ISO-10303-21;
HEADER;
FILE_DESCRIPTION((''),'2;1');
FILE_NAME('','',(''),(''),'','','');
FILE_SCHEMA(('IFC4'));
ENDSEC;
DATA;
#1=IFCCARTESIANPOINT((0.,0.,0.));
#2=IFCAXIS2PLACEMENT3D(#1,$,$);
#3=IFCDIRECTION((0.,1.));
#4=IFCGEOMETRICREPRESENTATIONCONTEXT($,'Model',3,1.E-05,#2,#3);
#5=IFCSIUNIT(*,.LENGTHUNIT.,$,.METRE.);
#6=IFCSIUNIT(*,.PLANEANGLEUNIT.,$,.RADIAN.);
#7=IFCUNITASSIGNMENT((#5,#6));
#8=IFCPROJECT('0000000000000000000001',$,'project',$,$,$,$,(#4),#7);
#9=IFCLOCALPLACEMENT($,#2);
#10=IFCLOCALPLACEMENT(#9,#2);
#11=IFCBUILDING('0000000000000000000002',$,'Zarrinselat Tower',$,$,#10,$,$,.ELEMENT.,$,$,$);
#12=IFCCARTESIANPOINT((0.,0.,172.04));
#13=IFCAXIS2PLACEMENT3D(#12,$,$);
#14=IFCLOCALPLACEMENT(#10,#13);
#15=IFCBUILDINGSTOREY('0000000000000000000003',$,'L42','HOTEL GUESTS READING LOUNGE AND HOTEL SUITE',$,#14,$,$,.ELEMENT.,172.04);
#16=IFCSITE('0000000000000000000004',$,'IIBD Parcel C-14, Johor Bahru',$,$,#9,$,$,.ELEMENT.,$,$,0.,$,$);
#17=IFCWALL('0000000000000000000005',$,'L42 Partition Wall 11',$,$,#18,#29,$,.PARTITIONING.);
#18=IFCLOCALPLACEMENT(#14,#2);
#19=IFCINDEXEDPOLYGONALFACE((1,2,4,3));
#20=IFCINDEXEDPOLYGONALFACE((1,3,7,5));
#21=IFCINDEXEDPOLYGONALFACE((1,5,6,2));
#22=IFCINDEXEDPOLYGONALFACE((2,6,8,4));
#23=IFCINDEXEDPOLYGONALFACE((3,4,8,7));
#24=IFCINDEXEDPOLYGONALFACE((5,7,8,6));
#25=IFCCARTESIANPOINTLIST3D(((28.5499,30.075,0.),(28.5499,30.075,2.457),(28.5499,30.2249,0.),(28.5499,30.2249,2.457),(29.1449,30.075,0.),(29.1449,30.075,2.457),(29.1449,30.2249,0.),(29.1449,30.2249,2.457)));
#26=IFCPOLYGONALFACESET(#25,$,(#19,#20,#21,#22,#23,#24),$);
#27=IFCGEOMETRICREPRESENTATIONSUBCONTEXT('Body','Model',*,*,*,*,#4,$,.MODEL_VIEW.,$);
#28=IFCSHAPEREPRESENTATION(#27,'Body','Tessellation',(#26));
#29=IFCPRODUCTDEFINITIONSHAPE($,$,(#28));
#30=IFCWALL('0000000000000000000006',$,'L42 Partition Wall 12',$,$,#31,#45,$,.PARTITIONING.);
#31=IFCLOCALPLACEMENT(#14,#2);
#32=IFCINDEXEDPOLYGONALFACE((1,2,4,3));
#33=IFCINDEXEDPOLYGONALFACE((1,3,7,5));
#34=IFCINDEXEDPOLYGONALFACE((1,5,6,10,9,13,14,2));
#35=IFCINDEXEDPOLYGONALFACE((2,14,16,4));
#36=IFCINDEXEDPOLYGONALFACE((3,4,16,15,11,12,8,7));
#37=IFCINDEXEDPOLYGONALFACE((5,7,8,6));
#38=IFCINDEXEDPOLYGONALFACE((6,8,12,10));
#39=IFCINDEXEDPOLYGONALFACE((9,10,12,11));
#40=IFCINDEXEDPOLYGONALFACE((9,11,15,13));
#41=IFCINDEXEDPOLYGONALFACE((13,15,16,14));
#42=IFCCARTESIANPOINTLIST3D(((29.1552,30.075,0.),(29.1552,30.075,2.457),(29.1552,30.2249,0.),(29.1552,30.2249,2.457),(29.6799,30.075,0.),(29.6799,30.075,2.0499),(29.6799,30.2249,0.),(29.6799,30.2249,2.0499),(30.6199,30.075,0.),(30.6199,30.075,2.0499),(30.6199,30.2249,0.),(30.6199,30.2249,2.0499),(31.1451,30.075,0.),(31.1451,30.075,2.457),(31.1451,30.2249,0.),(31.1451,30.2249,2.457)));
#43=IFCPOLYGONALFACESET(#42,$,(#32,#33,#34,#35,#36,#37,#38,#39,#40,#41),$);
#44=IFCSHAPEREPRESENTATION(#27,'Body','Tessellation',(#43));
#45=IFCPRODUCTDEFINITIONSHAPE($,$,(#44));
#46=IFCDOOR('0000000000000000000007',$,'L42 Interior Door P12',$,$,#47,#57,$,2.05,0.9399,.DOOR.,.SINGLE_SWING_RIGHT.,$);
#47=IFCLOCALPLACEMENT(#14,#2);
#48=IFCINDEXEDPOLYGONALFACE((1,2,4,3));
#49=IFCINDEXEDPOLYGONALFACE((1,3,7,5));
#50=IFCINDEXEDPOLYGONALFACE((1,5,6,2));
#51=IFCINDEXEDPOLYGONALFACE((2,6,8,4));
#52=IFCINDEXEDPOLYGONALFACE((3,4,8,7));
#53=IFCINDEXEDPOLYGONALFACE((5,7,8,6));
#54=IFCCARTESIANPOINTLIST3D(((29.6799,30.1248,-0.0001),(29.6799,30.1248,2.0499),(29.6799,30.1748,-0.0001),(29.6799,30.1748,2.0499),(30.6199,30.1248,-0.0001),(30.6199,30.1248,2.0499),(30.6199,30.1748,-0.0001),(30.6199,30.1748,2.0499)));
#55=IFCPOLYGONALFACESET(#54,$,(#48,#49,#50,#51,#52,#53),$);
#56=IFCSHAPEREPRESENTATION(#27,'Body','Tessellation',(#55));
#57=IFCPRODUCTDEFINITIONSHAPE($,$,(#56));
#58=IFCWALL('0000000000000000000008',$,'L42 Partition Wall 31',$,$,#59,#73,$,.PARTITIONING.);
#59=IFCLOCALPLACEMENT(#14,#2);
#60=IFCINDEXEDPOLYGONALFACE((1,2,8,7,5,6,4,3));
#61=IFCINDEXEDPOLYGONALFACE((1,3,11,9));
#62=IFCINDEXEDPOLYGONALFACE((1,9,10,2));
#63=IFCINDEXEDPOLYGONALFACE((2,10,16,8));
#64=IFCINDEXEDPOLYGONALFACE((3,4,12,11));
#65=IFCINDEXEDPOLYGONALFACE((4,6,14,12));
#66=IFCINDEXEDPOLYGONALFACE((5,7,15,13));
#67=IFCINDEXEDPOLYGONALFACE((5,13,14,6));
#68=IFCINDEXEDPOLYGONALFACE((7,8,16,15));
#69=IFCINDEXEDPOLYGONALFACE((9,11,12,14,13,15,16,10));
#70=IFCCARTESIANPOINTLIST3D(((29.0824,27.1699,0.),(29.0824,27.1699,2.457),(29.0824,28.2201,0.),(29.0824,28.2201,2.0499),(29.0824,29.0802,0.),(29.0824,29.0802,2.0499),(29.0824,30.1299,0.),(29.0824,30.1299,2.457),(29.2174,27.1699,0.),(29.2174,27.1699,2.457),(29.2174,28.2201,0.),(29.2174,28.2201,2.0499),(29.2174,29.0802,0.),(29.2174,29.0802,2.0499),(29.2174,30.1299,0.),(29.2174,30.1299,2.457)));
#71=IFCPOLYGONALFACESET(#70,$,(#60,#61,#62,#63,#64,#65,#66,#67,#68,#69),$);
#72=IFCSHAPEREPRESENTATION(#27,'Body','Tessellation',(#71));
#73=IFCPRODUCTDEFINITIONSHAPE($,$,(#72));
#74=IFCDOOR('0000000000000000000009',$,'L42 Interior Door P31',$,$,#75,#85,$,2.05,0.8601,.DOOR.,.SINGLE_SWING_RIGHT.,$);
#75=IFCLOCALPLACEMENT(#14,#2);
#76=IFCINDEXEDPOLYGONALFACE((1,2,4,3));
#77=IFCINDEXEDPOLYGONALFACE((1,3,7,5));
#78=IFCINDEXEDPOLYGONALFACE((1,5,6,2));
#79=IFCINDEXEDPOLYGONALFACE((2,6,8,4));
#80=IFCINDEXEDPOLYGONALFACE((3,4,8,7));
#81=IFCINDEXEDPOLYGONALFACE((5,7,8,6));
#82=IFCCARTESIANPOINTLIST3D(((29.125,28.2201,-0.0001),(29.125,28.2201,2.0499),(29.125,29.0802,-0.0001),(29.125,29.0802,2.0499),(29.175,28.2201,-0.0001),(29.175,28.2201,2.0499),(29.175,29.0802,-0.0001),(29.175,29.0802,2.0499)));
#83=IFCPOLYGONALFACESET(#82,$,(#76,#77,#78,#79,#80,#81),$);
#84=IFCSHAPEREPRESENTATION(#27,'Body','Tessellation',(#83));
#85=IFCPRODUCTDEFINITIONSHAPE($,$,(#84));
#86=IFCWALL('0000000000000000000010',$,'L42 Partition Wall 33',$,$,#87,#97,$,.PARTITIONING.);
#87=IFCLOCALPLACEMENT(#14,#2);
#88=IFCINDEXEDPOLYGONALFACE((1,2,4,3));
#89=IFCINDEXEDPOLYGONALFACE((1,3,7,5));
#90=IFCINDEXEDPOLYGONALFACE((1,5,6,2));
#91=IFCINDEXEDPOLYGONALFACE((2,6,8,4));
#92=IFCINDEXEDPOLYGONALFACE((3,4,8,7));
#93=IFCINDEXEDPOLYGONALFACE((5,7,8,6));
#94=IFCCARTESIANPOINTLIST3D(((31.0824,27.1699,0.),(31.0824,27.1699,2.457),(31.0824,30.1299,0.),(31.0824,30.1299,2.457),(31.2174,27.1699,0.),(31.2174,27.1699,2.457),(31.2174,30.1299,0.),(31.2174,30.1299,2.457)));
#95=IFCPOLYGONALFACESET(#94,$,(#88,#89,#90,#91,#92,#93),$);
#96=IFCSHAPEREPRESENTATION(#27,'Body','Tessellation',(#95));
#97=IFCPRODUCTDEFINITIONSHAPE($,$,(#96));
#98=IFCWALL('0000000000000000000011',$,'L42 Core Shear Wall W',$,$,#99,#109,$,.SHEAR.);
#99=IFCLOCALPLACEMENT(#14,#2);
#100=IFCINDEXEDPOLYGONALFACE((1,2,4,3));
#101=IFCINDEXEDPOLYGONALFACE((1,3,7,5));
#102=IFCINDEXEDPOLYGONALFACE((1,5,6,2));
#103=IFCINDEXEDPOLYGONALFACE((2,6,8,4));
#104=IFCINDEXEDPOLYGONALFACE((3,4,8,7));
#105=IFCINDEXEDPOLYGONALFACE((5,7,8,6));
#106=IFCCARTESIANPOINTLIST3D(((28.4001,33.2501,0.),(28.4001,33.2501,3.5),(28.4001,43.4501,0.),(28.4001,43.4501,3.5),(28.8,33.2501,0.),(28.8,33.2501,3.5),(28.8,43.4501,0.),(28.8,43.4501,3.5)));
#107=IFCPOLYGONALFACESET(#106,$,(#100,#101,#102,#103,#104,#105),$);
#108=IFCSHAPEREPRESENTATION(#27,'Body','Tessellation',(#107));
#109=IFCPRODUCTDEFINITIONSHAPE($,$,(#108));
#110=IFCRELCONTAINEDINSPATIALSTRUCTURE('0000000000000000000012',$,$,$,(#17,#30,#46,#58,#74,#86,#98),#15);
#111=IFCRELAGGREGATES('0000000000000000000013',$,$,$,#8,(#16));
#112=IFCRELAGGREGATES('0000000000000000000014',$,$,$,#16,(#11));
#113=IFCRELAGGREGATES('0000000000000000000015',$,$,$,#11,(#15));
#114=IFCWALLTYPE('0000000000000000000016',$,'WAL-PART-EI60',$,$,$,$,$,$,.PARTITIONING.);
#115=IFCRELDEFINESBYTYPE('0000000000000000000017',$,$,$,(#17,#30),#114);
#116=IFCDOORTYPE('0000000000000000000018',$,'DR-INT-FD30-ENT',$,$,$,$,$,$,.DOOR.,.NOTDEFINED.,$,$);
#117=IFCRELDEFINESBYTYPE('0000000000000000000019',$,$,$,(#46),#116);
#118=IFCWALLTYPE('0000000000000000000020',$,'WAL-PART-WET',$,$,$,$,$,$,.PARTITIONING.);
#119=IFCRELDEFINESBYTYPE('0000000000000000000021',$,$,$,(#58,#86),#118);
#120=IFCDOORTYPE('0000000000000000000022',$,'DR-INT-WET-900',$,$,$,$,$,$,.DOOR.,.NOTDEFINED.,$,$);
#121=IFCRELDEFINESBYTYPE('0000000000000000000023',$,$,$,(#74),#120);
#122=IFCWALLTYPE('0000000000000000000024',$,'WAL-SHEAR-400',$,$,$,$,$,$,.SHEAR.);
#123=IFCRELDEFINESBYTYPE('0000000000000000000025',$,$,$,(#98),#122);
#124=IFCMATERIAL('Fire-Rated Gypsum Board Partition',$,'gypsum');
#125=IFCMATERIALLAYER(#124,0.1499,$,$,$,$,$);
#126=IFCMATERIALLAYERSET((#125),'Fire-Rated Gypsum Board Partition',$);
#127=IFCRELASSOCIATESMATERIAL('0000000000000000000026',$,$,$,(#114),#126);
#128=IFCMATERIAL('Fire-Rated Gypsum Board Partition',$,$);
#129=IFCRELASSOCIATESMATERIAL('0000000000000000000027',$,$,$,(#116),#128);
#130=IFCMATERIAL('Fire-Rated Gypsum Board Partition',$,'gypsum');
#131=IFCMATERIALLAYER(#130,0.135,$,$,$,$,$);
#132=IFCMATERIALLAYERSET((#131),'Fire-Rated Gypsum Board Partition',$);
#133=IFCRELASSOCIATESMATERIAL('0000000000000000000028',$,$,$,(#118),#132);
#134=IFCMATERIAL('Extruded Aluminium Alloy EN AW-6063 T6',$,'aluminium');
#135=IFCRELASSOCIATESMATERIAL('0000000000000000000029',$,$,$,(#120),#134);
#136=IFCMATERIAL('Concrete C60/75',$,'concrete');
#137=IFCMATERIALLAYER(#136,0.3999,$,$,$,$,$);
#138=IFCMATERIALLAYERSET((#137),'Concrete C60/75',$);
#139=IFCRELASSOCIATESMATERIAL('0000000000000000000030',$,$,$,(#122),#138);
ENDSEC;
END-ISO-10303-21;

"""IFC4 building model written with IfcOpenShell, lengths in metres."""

from ifc_helpers import new_model, si_unit, direction, frame, frame_2d, origin, place, context, subcontext, project, spatial, rectangle, extrude, material, layer, layer_set, type_object, element, fill, save


model = new_model("IFC4")

# Units and contexts
model_context = context("Model", 3, precision=1e-05, world=origin(), true_north=direction((0.0, 1.0)))
body_context = subcontext(model_context, "Body", "Model", "MODEL_VIEW")
ifc_project = project(units=[si_unit("LENGTHUNIT", "METRE"), si_unit("PLANEANGLEUNIT", "RADIAN")], contexts=[model_context])

# Site, building, storey
site_placement = place(None, origin())
site = spatial("IfcSite", under=ifc_project, at=site_placement, Name="IIBD Parcel C-14, Johor Bahru", CompositionType="ELEMENT", RefElevation=0.0)
building_placement = place(site_placement, origin())
building = spatial("IfcBuilding", under=site, at=building_placement, Name="Zarrinselat Tower", CompositionType="ELEMENT")
storey_placement = place(building_placement, frame((0.0, 0.0, 172.04)))
storey = spatial("IfcBuildingStorey", under=building, at=storey_placement, Name="L42", Description="HOTEL GUESTS READING LOUNGE AND HOTEL SUITE", CompositionType="ELEMENT", Elevation=172.04)

# Wall
ifc_material_1 = material(Name="Fire-Rated Gypsum Board Partition", Category="gypsum")
ifc_layer_1 = layer(ifc_material_1, 0.1499)
ifc_layer_set_1 = layer_set([ifc_layer_1], Name="Fire-Rated Gypsum Board Partition")
wall_type_1 = type_object("IfcWallType", Name="WAL-PART-EI60", PredefinedType="PARTITIONING", material=ifc_layer_set_1)
wall_1_placement = place(storey_placement, frame((28.55, 30.1499, 0.0), z_axis=(0.0, 0.0, 1.0), x_axis=(1.0, 0.0, 0.0)))
element("IfcWall", 1, at=wall_1_placement, inside=storey, type_object=wall_type_1, Name="L42 Partition Wall 11", PredefinedType="PARTITIONING", context=body_context, shape_type="SweptSolid", body=[
    extrude(rectangle(XDim=0.595, YDim=0.1499, at=frame_2d((0.2974, 0.0))), origin(), (0.0, 0.0, 1.0), 2.457),
])

# Walls, openings, doors
wall_2_placement = place(storey_placement, frame((29.155, 30.1499, 0.0), z_axis=(0.0, 0.0, 1.0), x_axis=(1.0, 0.0, 0.0)))
wall_2 = element("IfcWall", 2, at=wall_2_placement, inside=storey, type_object=wall_type_1, Name="L42 Partition Wall 12", PredefinedType="PARTITIONING", context=body_context, shape_type="SweptSolid", body=[
    extrude(rectangle(XDim=1.99, YDim=0.1499, at=frame_2d((0.9951, 0.0))), origin(), (0.0, 0.0, 1.0), 2.457),
])
opening_1_placement = place(wall_2_placement, frame((0.5249, 0.0, 0.0)))
opening_1 = element("IfcOpeningElement", 3, at=opening_1_placement, cuts=wall_2, PredefinedType="OPENING", context=body_context, shape_type="SweptSolid", body=[
    extrude(rectangle(XDim=0.9399, YDim=2.05, at=frame_2d((0.47, 1.0249))), frame((0.0, 0.085, 0.0), z_axis=(0.0, -1.0, 0.0), x_axis=(1.0, 0.0, 0.0)), (0.0, 0.0, 1.0), 0.1699),
])
ifc_material_2 = material(Name="Fire-Rated Gypsum Board Partition")
door_type_1 = type_object("IfcDoorType", Name="DR-INT-FD30-ENT", OperationType="NOTDEFINED", PredefinedType="DOOR", material=ifc_material_2)
door_1_placement = place(opening_1_placement, origin())
door_1 = element("IfcDoor", 4, at=door_1_placement, inside=storey, type_object=door_type_1, Name="L42 Interior Door P12", OperationType="SINGLE_SWING_RIGHT", OverallHeight=2.05, OverallWidth=0.9399, PredefinedType="DOOR", context=body_context, shape_type="SweptSolid", body=[
    extrude(rectangle(XDim=0.9399, YDim=2.05, at=frame_2d((0.47, 1.0249))), frame((0.0, 0.0249, 0.0), z_axis=(0.0, -1.0, 0.0), x_axis=(1.0, 0.0, 0.0)), (0.0, 0.0, 1.0), 0.05),
])
fill(opening_1, door_1)
ifc_material_3 = material(Name="Fire-Rated Gypsum Board Partition", Category="gypsum")
ifc_layer_2 = layer(ifc_material_3, 0.135)
ifc_layer_set_2 = layer_set([ifc_layer_2], Name="Fire-Rated Gypsum Board Partition")
wall_type_2 = type_object("IfcWallType", Name="WAL-PART-WET", PredefinedType="PARTITIONING", material=ifc_layer_set_2)
wall_3_placement = place(storey_placement, frame((29.1499, 27.1699, 0.0), z_axis=(0.0, 0.0, 1.0), x_axis=(0.0, 1.0, 0.0)))
wall_3 = element("IfcWall", 5, at=wall_3_placement, inside=storey, type_object=wall_type_2, Name="L42 Partition Wall 31", PredefinedType="PARTITIONING", context=body_context, shape_type="SweptSolid", body=[
    extrude(rectangle(XDim=2.96, YDim=0.135, at=frame_2d((1.48, 0.0))), origin(), (0.0, 0.0, 1.0), 2.457),
])
opening_2_placement = place(wall_3_placement, frame((1.05, 0.0, 0.0)))
opening_2 = element("IfcOpeningElement", 6, at=opening_2_placement, cuts=wall_3, PredefinedType="OPENING", context=body_context, shape_type="SweptSolid", body=[
    extrude(rectangle(XDim=0.8601, YDim=2.05, at=frame_2d((0.4302, 1.0249))), frame((0.0, 0.0774, 0.0), z_axis=(0.0, -1.0, 0.0), x_axis=(1.0, 0.0, 0.0)), (0.0, 0.0, 1.0), 0.155),
])
ifc_material_4 = material(Name="Extruded Aluminium Alloy EN AW-6063 T6", Category="aluminium")
door_type_2 = type_object("IfcDoorType", Name="DR-INT-WET-900", OperationType="NOTDEFINED", PredefinedType="DOOR", material=ifc_material_4)
door_2_placement = place(opening_2_placement, origin())
door_2 = element("IfcDoor", 7, at=door_2_placement, inside=storey, type_object=door_type_2, Name="L42 Interior Door P31", OperationType="SINGLE_SWING_RIGHT", OverallHeight=2.05, OverallWidth=0.8601, PredefinedType="DOOR", context=body_context, shape_type="SweptSolid", body=[
    extrude(rectangle(XDim=0.8601, YDim=2.05, at=frame_2d((0.4302, 1.0249))), frame((0.0, 0.0249, 0.0), z_axis=(0.0, -1.0, 0.0), x_axis=(1.0, 0.0, 0.0)), (0.0, 0.0, 1.0), 0.05),
])
fill(opening_2, door_2)

# Wall
wall_4_placement = place(storey_placement, frame((31.1499, 27.1699, 0.0), z_axis=(0.0, 0.0, 1.0), x_axis=(0.0, 1.0, 0.0)))
element("IfcWall", 8, at=wall_4_placement, inside=storey, type_object=wall_type_2, Name="L42 Partition Wall 33", PredefinedType="PARTITIONING", context=body_context, shape_type="SweptSolid", body=[
    extrude(rectangle(XDim=2.96, YDim=0.135, at=frame_2d((1.48, 0.0))), origin(), (0.0, 0.0, 1.0), 2.457),
])

# Shared definitions
ifc_material_5 = material(Name="Concrete C60/75", Category="concrete")
ifc_layer_3 = layer(ifc_material_5, 0.3999)
ifc_layer_set_3 = layer_set([ifc_layer_3], Name="Concrete C60/75")
wall_type_3 = type_object("IfcWallType", Name="WAL-SHEAR-400", PredefinedType="SHEAR", material=ifc_layer_set_3)

# Wall
wall_5_placement = place(storey_placement, frame((28.6001, 33.25, 0.0), z_axis=(0.0, 0.0, 1.0), x_axis=(0.0, 1.0, 0.0)))
element("IfcWall", 9, at=wall_5_placement, inside=storey, type_object=wall_type_3, Name="L42 Core Shear Wall W", PredefinedType="SHEAR", context=body_context, shape_type="SweptSolid", body=[
    extrude(rectangle(XDim=10.2, YDim=0.3999, at=frame_2d((5.1001, 0.0))), origin(), (0.0, 0.0, 1.0), 3.5),
])

save(model, "model.ifc")
